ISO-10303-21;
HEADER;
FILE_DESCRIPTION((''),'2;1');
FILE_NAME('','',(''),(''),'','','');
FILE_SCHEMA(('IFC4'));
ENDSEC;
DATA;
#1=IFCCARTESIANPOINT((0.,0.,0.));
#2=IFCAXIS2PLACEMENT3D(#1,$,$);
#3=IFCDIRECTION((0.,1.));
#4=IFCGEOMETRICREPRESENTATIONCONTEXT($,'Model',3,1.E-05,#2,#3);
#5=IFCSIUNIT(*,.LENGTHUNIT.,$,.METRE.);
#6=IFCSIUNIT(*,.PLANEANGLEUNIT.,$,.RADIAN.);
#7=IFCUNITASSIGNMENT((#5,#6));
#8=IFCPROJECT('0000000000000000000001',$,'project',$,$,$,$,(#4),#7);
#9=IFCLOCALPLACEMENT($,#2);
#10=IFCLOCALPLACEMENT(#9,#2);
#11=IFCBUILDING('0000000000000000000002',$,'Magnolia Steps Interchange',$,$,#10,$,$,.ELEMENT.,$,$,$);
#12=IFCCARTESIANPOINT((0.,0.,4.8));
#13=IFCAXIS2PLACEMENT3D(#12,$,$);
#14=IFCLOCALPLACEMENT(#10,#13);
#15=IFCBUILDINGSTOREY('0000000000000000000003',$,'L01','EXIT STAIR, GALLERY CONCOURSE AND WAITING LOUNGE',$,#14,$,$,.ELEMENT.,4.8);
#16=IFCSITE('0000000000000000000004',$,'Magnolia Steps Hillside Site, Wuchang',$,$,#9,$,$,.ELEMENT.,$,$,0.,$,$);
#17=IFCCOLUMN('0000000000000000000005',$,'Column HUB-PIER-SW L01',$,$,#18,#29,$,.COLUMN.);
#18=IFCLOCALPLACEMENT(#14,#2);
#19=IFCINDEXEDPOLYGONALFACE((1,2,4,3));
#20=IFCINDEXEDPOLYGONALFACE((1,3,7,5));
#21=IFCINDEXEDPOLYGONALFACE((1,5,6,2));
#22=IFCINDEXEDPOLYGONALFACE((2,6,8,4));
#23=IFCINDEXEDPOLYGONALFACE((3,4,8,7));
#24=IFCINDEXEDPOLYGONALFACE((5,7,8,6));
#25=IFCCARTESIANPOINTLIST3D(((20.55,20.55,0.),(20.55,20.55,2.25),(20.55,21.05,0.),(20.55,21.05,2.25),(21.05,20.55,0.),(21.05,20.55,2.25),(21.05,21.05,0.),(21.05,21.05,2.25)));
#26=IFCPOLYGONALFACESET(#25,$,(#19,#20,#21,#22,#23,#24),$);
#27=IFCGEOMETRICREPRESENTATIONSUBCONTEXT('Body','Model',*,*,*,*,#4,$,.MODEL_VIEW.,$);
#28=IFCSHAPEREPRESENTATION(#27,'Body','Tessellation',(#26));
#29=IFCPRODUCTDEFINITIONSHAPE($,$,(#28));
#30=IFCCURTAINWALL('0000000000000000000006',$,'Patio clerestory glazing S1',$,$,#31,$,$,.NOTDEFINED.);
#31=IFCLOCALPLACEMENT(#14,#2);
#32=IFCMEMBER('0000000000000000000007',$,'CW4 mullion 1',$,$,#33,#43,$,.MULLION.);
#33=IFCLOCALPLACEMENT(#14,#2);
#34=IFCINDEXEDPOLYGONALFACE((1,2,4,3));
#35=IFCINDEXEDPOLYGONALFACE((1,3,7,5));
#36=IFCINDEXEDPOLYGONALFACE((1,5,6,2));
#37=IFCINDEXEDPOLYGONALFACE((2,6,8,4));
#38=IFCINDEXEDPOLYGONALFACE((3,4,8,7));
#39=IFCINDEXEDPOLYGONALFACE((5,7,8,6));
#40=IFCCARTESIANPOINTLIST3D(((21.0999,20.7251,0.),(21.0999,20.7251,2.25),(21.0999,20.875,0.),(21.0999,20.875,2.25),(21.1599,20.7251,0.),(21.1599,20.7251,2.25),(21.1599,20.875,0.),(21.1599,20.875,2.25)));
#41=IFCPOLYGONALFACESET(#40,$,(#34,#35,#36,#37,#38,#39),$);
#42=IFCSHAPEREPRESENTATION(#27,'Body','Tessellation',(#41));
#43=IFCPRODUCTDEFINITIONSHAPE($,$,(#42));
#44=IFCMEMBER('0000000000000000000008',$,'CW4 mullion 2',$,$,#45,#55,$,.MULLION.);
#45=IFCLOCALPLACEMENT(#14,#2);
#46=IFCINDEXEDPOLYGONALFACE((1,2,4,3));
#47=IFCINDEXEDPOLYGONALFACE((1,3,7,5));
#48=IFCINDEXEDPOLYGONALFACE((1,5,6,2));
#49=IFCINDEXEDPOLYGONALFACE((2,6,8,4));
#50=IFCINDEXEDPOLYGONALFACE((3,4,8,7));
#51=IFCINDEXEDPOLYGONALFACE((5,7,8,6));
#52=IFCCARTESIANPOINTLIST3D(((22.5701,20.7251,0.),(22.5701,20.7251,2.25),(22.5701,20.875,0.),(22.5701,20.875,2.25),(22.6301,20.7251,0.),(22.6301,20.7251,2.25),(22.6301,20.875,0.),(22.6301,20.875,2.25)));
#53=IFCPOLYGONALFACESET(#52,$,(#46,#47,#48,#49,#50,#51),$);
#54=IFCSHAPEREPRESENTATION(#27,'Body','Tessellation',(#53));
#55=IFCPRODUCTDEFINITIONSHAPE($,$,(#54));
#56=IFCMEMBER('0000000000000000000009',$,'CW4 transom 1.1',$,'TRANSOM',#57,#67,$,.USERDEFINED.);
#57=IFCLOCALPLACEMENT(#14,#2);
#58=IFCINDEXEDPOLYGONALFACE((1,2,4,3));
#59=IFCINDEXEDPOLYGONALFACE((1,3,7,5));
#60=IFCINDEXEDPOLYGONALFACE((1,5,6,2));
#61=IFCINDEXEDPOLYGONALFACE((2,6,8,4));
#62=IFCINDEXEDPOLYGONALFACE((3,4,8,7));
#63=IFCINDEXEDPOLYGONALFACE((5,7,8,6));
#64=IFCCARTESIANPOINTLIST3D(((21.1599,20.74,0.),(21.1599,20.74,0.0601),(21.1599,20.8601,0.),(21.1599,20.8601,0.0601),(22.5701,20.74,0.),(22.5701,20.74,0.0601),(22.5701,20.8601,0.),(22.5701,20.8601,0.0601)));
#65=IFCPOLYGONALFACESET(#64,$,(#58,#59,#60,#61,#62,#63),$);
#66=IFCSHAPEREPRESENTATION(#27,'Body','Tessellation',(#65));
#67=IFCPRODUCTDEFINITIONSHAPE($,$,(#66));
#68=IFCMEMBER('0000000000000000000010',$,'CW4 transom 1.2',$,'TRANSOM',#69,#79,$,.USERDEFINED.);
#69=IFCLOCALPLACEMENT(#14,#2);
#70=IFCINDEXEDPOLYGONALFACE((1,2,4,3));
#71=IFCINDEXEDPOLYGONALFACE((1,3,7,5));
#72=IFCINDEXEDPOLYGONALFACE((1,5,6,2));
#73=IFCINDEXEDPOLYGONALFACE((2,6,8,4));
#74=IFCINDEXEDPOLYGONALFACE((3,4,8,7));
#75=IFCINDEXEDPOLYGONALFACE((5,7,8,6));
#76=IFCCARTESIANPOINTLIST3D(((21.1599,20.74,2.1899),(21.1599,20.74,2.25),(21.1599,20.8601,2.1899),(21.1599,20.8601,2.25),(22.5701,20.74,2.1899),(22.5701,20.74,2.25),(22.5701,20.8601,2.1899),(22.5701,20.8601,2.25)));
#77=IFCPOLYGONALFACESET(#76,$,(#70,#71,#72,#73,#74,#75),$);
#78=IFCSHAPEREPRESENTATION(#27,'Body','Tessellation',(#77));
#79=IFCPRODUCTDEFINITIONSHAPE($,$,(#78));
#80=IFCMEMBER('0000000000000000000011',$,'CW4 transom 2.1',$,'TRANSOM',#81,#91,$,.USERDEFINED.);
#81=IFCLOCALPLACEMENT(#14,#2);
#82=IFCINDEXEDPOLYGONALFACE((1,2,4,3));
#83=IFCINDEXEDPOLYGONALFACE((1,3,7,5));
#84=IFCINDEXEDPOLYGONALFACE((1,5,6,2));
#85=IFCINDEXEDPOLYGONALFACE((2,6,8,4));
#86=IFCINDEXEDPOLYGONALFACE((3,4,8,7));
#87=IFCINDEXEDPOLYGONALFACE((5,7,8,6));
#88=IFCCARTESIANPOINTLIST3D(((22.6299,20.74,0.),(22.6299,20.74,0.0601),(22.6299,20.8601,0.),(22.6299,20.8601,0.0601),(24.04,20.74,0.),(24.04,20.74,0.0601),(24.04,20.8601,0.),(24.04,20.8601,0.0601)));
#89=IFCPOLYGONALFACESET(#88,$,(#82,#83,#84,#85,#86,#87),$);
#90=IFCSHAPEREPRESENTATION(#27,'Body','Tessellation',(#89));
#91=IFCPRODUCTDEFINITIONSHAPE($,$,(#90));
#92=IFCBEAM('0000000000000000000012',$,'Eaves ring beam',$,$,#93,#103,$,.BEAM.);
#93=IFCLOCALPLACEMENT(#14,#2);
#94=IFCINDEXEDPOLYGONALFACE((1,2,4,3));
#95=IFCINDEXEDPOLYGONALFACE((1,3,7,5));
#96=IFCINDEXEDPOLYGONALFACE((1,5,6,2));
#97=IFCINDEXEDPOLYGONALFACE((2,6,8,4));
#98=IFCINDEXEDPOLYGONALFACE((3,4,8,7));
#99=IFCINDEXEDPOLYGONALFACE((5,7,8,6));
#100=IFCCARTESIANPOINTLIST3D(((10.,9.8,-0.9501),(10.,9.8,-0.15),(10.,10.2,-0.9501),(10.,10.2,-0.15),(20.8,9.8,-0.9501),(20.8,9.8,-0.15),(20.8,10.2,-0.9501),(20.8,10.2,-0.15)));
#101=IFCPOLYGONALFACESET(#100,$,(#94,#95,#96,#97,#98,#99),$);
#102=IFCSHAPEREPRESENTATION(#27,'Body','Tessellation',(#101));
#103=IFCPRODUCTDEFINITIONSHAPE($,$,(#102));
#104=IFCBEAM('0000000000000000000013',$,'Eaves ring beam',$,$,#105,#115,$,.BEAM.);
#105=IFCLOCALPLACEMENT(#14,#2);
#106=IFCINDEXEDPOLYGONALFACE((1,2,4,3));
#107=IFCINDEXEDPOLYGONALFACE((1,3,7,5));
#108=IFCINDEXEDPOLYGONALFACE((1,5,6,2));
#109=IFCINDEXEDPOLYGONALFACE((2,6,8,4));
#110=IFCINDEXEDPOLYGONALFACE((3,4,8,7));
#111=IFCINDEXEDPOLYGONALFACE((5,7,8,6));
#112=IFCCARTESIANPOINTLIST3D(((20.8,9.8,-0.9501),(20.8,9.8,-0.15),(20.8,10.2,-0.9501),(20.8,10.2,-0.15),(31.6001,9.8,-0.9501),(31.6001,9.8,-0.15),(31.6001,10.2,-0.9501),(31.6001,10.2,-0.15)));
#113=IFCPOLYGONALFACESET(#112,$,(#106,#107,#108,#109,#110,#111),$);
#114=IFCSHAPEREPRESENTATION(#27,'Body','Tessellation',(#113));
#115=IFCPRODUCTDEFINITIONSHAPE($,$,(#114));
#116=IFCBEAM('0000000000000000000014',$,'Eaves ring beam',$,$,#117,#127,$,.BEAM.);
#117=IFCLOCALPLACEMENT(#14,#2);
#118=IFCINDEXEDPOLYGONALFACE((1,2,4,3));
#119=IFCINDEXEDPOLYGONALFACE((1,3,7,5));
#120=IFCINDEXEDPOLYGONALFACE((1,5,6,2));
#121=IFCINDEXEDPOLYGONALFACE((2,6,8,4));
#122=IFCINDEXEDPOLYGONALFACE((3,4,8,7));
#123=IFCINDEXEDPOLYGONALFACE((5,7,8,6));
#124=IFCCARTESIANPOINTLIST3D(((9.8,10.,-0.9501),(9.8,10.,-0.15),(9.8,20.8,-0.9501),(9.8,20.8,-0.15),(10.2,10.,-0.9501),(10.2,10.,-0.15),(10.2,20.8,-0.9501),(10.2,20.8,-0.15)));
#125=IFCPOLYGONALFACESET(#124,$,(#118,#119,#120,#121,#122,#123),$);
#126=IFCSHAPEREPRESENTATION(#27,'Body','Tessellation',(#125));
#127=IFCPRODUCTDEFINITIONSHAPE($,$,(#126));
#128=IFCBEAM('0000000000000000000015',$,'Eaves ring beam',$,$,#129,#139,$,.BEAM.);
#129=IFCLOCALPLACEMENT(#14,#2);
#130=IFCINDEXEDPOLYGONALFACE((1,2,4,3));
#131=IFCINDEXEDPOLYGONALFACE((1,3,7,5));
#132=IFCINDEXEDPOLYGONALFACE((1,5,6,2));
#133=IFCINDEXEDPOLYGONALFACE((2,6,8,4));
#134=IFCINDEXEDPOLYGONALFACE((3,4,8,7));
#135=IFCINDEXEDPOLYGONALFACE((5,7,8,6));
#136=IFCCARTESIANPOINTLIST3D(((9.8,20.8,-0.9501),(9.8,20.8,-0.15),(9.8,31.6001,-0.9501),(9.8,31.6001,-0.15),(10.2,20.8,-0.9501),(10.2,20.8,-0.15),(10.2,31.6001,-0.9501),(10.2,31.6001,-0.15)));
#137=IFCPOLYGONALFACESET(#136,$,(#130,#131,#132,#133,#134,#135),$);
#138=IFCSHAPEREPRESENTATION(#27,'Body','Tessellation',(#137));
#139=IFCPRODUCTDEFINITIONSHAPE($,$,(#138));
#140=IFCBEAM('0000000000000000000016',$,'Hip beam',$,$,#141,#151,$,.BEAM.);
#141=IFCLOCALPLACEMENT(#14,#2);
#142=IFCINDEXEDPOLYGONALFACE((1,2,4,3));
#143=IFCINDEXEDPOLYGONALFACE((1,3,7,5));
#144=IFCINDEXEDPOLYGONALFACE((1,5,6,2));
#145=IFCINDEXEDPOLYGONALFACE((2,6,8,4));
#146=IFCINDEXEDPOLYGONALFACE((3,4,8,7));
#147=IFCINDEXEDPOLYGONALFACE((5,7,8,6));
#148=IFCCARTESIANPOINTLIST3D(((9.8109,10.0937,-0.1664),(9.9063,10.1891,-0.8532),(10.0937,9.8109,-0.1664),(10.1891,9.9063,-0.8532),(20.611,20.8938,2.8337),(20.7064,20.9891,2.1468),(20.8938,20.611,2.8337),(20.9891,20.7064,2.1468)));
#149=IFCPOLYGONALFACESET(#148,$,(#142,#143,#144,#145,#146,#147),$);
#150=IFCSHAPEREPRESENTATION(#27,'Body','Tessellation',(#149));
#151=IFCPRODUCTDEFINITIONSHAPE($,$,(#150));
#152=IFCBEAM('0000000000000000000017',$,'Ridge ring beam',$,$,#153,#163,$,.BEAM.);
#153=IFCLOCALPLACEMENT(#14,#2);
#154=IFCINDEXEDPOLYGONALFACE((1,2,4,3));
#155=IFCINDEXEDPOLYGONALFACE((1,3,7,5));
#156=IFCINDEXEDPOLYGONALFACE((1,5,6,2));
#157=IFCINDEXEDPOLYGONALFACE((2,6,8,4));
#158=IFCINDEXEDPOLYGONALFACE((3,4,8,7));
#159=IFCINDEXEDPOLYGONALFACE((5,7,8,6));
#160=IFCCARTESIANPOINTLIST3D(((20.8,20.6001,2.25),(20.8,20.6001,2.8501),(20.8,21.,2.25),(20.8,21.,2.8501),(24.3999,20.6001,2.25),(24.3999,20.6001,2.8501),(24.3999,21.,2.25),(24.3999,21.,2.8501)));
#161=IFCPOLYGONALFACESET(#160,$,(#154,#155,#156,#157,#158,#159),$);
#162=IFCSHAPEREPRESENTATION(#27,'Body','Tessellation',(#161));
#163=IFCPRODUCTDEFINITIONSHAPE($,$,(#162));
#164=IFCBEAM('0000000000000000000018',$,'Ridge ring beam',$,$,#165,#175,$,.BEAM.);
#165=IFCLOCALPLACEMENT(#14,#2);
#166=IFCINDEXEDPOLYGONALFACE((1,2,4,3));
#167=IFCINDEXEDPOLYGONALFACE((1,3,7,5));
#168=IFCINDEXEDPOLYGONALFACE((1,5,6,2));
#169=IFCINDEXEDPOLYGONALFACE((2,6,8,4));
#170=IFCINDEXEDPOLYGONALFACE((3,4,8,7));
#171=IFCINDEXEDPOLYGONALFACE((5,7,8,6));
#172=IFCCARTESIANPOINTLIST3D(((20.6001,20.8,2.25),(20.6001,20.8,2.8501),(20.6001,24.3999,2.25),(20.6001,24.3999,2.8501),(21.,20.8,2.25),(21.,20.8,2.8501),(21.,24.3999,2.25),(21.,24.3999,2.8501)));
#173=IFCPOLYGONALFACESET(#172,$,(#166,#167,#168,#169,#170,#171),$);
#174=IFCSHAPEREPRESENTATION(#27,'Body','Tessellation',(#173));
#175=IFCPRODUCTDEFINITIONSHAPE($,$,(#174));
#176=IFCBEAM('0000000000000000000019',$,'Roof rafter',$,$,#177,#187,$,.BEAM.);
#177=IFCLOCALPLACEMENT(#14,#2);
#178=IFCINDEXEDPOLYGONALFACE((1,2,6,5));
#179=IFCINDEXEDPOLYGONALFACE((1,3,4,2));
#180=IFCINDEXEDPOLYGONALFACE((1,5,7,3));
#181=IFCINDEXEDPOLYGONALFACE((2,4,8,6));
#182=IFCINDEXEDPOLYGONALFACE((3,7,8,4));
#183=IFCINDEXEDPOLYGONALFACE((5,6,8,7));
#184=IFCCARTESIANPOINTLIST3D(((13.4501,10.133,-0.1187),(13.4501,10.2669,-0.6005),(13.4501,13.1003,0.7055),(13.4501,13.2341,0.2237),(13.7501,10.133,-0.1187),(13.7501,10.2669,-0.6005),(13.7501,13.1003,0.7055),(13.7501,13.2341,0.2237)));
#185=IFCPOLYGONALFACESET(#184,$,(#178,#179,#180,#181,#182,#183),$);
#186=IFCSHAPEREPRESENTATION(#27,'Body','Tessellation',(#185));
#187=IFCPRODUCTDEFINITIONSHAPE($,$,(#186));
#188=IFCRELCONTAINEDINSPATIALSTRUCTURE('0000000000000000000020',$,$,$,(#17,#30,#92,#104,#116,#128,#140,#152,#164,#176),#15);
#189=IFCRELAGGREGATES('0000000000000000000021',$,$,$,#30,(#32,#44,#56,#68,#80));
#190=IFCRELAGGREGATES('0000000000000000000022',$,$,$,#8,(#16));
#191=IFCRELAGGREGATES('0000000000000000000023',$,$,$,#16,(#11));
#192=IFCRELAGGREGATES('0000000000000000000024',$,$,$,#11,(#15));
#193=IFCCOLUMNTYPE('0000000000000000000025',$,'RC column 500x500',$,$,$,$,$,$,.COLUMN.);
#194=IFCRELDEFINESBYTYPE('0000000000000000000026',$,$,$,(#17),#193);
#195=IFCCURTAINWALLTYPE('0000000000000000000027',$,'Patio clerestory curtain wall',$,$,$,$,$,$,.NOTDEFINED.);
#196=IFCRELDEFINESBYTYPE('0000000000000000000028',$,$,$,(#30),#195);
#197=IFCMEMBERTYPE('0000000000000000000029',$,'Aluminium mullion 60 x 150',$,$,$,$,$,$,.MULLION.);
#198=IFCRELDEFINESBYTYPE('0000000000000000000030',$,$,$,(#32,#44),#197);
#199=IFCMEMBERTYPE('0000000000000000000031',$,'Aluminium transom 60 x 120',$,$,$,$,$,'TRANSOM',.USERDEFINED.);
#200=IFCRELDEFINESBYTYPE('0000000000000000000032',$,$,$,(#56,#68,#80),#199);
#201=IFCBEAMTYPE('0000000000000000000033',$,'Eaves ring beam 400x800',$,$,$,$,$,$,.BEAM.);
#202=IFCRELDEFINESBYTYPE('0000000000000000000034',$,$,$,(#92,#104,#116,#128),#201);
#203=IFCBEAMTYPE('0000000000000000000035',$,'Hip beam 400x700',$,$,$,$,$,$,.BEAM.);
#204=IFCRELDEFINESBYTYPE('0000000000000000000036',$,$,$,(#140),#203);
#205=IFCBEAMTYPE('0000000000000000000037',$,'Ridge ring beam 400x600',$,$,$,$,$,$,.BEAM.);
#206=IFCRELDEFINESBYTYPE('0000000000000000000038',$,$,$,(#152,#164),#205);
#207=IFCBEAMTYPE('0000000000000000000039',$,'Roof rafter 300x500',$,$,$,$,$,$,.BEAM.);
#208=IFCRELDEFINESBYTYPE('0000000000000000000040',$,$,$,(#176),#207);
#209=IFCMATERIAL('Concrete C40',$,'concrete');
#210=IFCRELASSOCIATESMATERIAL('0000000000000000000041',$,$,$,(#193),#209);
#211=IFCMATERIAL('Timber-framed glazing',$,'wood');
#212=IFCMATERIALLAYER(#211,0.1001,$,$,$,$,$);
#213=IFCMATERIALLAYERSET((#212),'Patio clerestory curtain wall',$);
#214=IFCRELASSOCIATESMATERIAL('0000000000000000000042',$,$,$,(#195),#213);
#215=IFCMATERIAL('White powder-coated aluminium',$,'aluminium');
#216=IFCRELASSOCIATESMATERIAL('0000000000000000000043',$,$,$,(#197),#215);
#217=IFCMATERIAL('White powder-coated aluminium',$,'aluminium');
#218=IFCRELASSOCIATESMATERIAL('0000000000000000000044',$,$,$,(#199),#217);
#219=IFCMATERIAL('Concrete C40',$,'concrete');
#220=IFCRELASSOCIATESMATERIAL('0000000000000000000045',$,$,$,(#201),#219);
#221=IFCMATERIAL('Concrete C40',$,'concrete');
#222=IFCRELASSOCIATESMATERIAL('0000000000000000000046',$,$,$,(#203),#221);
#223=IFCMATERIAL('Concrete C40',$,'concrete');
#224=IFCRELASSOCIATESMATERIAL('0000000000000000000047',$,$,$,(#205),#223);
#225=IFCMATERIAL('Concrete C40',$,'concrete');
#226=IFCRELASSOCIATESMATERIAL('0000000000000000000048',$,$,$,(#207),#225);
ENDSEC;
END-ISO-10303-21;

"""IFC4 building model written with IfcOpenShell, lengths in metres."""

from ifc_helpers import new_model, si_unit, direction, frame, origin, origin_2d, place, context, subcontext, project, spatial, rectangle, extrude, material, layer, layer_set, material_profile, profile_set, type_object, element, aggregate, save


model = new_model("IFC4")

# Units and contexts
model_context = context("Model", 3, precision=1e-05, world=origin(), true_north=direction((0.0, 1.0)))
body_context = subcontext(model_context, "Body", "Model", "MODEL_VIEW")
ifc_project = project(units=[si_unit("LENGTHUNIT", "METRE"), si_unit("PLANEANGLEUNIT", "RADIAN")], contexts=[model_context])

# Site, building, storey
site_placement = place(None, origin())
site = spatial("IfcSite", under=ifc_project, at=site_placement, Name="Magnolia Steps Hillside Site, Wuchang", CompositionType="ELEMENT", RefElevation=0.0)
building_placement = place(site_placement, origin())
building = spatial("IfcBuilding", under=site, at=building_placement, Name="Magnolia Steps Interchange", CompositionType="ELEMENT")
storey_placement = place(building_placement, frame((0.0, 0.0, 4.8)))
storey = spatial("IfcBuildingStorey", under=building, at=storey_placement, Name="L01", Description="EXIT STAIR, GALLERY CONCOURSE AND WAITING LOUNGE", CompositionType="ELEMENT", Elevation=4.8)

# Column
ifc_material_1 = material(Name="Concrete C40", Category="concrete")
ifc_material_profile_1 = material_profile(ifc_material_1, rectangle(XDim=0.5, YDim=0.5, at=origin_2d()), Name="RC500x500")
ifc_profile_set_1 = profile_set([ifc_material_profile_1], Name="Concrete C40")
column_type = type_object("IfcColumnType", Name="RC column 500x500", PredefinedType="COLUMN", material=ifc_profile_set_1)
column_placement = place(storey_placement, frame((20.8, 20.8, 0.0), z_axis=(0.0, 0.0, 1.0), x_axis=(1.0, 0.0, 0.0)))
element("IfcColumn", 1, at=column_placement, inside=storey, type_object=column_type, Name="Column HUB-PIER-SW L01", PredefinedType="COLUMN", context=body_context, shape_type="SweptSolid", body=[
    extrude(rectangle(XDim=0.5, YDim=0.5, at=origin_2d()), origin(), (0.0, 0.0, 1.0), 2.25),
])

# Curtain wall, members
ifc_material_2 = material(Name="Timber-framed glazing", Category="wood")
ifc_layer_1 = layer(ifc_material_2, 0.1001)
ifc_layer_set_1 = layer_set([ifc_layer_1], Name="Patio clerestory curtain wall")
curtain_wall_type = type_object("IfcCurtainWallType", Name="Patio clerestory curtain wall", PredefinedType="NOTDEFINED", material=ifc_layer_set_1)
curtain_wall_placement = place(storey_placement, origin())
curtain_wall = element("IfcCurtainWall", 2, at=curtain_wall_placement, inside=storey, type_object=curtain_wall_type, Name="Patio clerestory glazing S1", PredefinedType="NOTDEFINED")
ifc_material_3 = material(Name="White powder-coated aluminium", Category="aluminium")
ifc_material_profile_2 = material_profile(ifc_material_3, rectangle(XDim=0.0601, YDim=0.1499, at=origin_2d()), Name="Aluminium mullion 60 x 150")
ifc_profile_set_2 = profile_set([ifc_material_profile_2], Name="White powder-coated aluminium")
member_type_1 = type_object("IfcMemberType", Name="Aluminium mullion 60 x 150", PredefinedType="MULLION", material=ifc_profile_set_2)
member_1_placement = place(storey_placement, frame((21.1299, 20.8, 0.0), z_axis=(0.0, 0.0, 1.0), x_axis=(1.0, 0.0, 0.0)))
member_1 = element("IfcMember", 3, at=member_1_placement, type_object=member_type_1, Name="CW4 mullion 1", PredefinedType="MULLION", context=body_context, shape_type="SweptSolid", body=[
    extrude(rectangle(XDim=0.0601, YDim=0.1499, at=origin_2d()), origin(), (0.0, 0.0, 1.0), 2.25),
])
member_2_placement = place(storey_placement, frame((22.6001, 20.8, 0.0), z_axis=(0.0, 0.0, 1.0), x_axis=(1.0, 0.0, 0.0)))
member_2 = element("IfcMember", 4, at=member_2_placement, type_object=member_type_1, Name="CW4 mullion 2", PredefinedType="MULLION", context=body_context, shape_type="SweptSolid", body=[
    extrude(rectangle(XDim=0.0601, YDim=0.1499, at=origin_2d()), origin(), (0.0, 0.0, 1.0), 2.25),
])
ifc_material_4 = material(Name="White powder-coated aluminium", Category="aluminium")
ifc_material_profile_3 = material_profile(ifc_material_4, rectangle(XDim=0.0601, YDim=0.1201, at=origin_2d()), Name="Aluminium transom 60 x 120")
ifc_profile_set_3 = profile_set([ifc_material_profile_3], Name="White powder-coated aluminium")
member_type_2 = type_object("IfcMemberType", Name="Aluminium transom 60 x 120", ElementType="TRANSOM", PredefinedType="USERDEFINED", material=ifc_profile_set_3)
member_3_placement = place(storey_placement, frame((21.1599, 20.8, 0.03), z_axis=(1.0, 0.0, 0.0), x_axis=(0.0, 0.0, 1.0)))
member_3 = element("IfcMember", 5, at=member_3_placement, type_object=member_type_2, Name="CW4 transom 1.1", ObjectType="TRANSOM", PredefinedType="USERDEFINED", context=body_context, shape_type="SweptSolid", body=[
    extrude(rectangle(XDim=0.0601, YDim=0.1201, at=origin_2d()), origin(), (0.0, 0.0, 1.0), 1.4102),
])
member_4_placement = place(storey_placement, frame((21.1599, 20.8, 2.22), z_axis=(1.0, 0.0, 0.0), x_axis=(0.0, 0.0, 1.0)))
member_4 = element("IfcMember", 6, at=member_4_placement, type_object=member_type_2, Name="CW4 transom 1.2", ObjectType="TRANSOM", PredefinedType="USERDEFINED", context=body_context, shape_type="SweptSolid", body=[
    extrude(rectangle(XDim=0.0601, YDim=0.1201, at=origin_2d()), origin(), (0.0, 0.0, 1.0), 1.4102),
])
member_5_placement = place(storey_placement, frame((22.6299, 20.8, 0.03), z_axis=(1.0, 0.0, 0.0), x_axis=(0.0, 0.0, 1.0)))
member_5 = element("IfcMember", 7, at=member_5_placement, type_object=member_type_2, Name="CW4 transom 2.1", ObjectType="TRANSOM", PredefinedType="USERDEFINED", context=body_context, shape_type="SweptSolid", body=[
    extrude(rectangle(XDim=0.0601, YDim=0.1201, at=origin_2d()), origin(), (0.0, 0.0, 1.0), 1.4102),
])

# Beams
ifc_material_5 = material(Name="Concrete C40", Category="concrete")
ifc_material_profile_4 = material_profile(ifc_material_5, rectangle(XDim=0.3999, YDim=0.8, at=origin_2d()), Name="RC400x800")
ifc_profile_set_4 = profile_set([ifc_material_profile_4], Name="Concrete C40")
beam_type_1 = type_object("IfcBeamType", Name="Eaves ring beam 400x800", PredefinedType="BEAM", material=ifc_profile_set_4)
for number, where, z_axis, x_axis, name in (
    (8, (10.0, 10.0, -0.55), (1.0, 0.0, 0.0), (0.0, 1.0, 0.0), "Eaves ring beam"),
    (9, (20.8, 10.0, -0.55), (1.0, 0.0, 0.0), (0.0, 1.0, 0.0), "Eaves ring beam"),
    (10, (10.0, 10.0, -0.55), (0.0, 1.0, 0.0), (-1.0, 0.0, 0.0), "Eaves ring beam"),
    (11, (10.0, 20.8, -0.55), (0.0, 1.0, 0.0), (-1.0, 0.0, 0.0), "Eaves ring beam"),
):
    element("IfcBeam", number, at=place(storey_placement, frame(where, z_axis=z_axis, x_axis=x_axis)), inside=storey, type_object=beam_type_1, Name=name, PredefinedType="BEAM", context=body_context, shape_type="SweptSolid", body=[
        extrude(rectangle(XDim=0.3999, YDim=0.8, at=origin_2d()), origin(), (0.0, 0.0, 1.0), 10.8),
    ])
ifc_material_6 = material(Name="Concrete C40", Category="concrete")
ifc_material_profile_5 = material_profile(ifc_material_6, rectangle(XDim=0.3999, YDim=0.7, at=origin_2d()), Name="RC400x700")
ifc_profile_set_5 = profile_set([ifc_material_profile_5], Name="Concrete C40")
beam_type_2 = type_object("IfcBeamType", Name="Hip beam 400x700", PredefinedType="BEAM", material=ifc_profile_set_5)
beam_1_placement = place(storey_placement, frame((10.0, 10.0, -0.5098), z_axis=(0.693849, 0.693849, 0.192735), x_axis=(-0.707107, 0.707107, 0.0)))
element("IfcBeam", 12, at=beam_1_placement, inside=storey, type_object=beam_type_2, Name="Hip beam", PredefinedType="BEAM", context=body_context, shape_type="SweptSolid", body=[
    extrude(rectangle(XDim=0.3999, YDim=0.7, at=origin_2d()), origin(), (0.0, 0.0, 1.0), 15.5654),
])
ifc_material_7 = material(Name="Concrete C40", Category="concrete")
ifc_material_profile_6 = material_profile(ifc_material_7, rectangle(XDim=0.3999, YDim=0.6001, at=origin_2d()), Name="RC400x600")
ifc_profile_set_6 = profile_set([ifc_material_profile_6], Name="Concrete C40")
beam_type_3 = type_object("IfcBeamType", Name="Ridge ring beam 400x600", PredefinedType="BEAM", material=ifc_profile_set_6)
for number, where, z_axis, x_axis, name in (
    (13, (20.8, 20.8, 2.55), (1.0, 0.0, 0.0), (0.0, 1.0, 0.0), "Ridge ring beam"),
    (14, (20.8, 20.8, 2.55), (0.0, 1.0, 0.0), (-1.0, 0.0, 0.0), "Ridge ring beam"),
):
    element("IfcBeam", number, at=place(storey_placement, frame(where, z_axis=z_axis, x_axis=x_axis)), inside=storey, type_object=beam_type_3, Name=name, PredefinedType="BEAM", context=body_context, shape_type="SweptSolid", body=[
        extrude(rectangle(XDim=0.3999, YDim=0.6001, at=origin_2d()), origin(), (0.0, 0.0, 1.0), 3.5999),
    ])
ifc_material_8 = material(Name="Concrete C40", Category="concrete")
ifc_material_profile_7 = material_profile(ifc_material_8, rectangle(XDim=0.3, YDim=0.5, at=origin_2d()), Name="RC300x500")
ifc_profile_set_7 = profile_set([ifc_material_profile_7], Name="Concrete C40")
beam_type_4 = type_object("IfcBeamType", Name="Roof rafter 300x500", PredefinedType="BEAM", material=ifc_profile_set_7)
beam_2_placement = place(storey_placement, frame((13.6001, 10.2, -0.3596), z_axis=(0.0, 0.96352, 0.267636), x_axis=(-1.0, 0.0, 0.0)))
element("IfcBeam", 15, at=beam_2_placement, inside=storey, type_object=beam_type_4, Name="Roof rafter", PredefinedType="BEAM", context=body_context, shape_type="SweptSolid", body=[
    extrude(rectangle(XDim=0.3, YDim=0.5, at=origin_2d()), origin(), (0.0, 0.0, 1.0), 3.0796),
])

aggregate(curtain_wall, [member_1, member_2, member_3, member_4, member_5])

save(model, "model.ifc")
